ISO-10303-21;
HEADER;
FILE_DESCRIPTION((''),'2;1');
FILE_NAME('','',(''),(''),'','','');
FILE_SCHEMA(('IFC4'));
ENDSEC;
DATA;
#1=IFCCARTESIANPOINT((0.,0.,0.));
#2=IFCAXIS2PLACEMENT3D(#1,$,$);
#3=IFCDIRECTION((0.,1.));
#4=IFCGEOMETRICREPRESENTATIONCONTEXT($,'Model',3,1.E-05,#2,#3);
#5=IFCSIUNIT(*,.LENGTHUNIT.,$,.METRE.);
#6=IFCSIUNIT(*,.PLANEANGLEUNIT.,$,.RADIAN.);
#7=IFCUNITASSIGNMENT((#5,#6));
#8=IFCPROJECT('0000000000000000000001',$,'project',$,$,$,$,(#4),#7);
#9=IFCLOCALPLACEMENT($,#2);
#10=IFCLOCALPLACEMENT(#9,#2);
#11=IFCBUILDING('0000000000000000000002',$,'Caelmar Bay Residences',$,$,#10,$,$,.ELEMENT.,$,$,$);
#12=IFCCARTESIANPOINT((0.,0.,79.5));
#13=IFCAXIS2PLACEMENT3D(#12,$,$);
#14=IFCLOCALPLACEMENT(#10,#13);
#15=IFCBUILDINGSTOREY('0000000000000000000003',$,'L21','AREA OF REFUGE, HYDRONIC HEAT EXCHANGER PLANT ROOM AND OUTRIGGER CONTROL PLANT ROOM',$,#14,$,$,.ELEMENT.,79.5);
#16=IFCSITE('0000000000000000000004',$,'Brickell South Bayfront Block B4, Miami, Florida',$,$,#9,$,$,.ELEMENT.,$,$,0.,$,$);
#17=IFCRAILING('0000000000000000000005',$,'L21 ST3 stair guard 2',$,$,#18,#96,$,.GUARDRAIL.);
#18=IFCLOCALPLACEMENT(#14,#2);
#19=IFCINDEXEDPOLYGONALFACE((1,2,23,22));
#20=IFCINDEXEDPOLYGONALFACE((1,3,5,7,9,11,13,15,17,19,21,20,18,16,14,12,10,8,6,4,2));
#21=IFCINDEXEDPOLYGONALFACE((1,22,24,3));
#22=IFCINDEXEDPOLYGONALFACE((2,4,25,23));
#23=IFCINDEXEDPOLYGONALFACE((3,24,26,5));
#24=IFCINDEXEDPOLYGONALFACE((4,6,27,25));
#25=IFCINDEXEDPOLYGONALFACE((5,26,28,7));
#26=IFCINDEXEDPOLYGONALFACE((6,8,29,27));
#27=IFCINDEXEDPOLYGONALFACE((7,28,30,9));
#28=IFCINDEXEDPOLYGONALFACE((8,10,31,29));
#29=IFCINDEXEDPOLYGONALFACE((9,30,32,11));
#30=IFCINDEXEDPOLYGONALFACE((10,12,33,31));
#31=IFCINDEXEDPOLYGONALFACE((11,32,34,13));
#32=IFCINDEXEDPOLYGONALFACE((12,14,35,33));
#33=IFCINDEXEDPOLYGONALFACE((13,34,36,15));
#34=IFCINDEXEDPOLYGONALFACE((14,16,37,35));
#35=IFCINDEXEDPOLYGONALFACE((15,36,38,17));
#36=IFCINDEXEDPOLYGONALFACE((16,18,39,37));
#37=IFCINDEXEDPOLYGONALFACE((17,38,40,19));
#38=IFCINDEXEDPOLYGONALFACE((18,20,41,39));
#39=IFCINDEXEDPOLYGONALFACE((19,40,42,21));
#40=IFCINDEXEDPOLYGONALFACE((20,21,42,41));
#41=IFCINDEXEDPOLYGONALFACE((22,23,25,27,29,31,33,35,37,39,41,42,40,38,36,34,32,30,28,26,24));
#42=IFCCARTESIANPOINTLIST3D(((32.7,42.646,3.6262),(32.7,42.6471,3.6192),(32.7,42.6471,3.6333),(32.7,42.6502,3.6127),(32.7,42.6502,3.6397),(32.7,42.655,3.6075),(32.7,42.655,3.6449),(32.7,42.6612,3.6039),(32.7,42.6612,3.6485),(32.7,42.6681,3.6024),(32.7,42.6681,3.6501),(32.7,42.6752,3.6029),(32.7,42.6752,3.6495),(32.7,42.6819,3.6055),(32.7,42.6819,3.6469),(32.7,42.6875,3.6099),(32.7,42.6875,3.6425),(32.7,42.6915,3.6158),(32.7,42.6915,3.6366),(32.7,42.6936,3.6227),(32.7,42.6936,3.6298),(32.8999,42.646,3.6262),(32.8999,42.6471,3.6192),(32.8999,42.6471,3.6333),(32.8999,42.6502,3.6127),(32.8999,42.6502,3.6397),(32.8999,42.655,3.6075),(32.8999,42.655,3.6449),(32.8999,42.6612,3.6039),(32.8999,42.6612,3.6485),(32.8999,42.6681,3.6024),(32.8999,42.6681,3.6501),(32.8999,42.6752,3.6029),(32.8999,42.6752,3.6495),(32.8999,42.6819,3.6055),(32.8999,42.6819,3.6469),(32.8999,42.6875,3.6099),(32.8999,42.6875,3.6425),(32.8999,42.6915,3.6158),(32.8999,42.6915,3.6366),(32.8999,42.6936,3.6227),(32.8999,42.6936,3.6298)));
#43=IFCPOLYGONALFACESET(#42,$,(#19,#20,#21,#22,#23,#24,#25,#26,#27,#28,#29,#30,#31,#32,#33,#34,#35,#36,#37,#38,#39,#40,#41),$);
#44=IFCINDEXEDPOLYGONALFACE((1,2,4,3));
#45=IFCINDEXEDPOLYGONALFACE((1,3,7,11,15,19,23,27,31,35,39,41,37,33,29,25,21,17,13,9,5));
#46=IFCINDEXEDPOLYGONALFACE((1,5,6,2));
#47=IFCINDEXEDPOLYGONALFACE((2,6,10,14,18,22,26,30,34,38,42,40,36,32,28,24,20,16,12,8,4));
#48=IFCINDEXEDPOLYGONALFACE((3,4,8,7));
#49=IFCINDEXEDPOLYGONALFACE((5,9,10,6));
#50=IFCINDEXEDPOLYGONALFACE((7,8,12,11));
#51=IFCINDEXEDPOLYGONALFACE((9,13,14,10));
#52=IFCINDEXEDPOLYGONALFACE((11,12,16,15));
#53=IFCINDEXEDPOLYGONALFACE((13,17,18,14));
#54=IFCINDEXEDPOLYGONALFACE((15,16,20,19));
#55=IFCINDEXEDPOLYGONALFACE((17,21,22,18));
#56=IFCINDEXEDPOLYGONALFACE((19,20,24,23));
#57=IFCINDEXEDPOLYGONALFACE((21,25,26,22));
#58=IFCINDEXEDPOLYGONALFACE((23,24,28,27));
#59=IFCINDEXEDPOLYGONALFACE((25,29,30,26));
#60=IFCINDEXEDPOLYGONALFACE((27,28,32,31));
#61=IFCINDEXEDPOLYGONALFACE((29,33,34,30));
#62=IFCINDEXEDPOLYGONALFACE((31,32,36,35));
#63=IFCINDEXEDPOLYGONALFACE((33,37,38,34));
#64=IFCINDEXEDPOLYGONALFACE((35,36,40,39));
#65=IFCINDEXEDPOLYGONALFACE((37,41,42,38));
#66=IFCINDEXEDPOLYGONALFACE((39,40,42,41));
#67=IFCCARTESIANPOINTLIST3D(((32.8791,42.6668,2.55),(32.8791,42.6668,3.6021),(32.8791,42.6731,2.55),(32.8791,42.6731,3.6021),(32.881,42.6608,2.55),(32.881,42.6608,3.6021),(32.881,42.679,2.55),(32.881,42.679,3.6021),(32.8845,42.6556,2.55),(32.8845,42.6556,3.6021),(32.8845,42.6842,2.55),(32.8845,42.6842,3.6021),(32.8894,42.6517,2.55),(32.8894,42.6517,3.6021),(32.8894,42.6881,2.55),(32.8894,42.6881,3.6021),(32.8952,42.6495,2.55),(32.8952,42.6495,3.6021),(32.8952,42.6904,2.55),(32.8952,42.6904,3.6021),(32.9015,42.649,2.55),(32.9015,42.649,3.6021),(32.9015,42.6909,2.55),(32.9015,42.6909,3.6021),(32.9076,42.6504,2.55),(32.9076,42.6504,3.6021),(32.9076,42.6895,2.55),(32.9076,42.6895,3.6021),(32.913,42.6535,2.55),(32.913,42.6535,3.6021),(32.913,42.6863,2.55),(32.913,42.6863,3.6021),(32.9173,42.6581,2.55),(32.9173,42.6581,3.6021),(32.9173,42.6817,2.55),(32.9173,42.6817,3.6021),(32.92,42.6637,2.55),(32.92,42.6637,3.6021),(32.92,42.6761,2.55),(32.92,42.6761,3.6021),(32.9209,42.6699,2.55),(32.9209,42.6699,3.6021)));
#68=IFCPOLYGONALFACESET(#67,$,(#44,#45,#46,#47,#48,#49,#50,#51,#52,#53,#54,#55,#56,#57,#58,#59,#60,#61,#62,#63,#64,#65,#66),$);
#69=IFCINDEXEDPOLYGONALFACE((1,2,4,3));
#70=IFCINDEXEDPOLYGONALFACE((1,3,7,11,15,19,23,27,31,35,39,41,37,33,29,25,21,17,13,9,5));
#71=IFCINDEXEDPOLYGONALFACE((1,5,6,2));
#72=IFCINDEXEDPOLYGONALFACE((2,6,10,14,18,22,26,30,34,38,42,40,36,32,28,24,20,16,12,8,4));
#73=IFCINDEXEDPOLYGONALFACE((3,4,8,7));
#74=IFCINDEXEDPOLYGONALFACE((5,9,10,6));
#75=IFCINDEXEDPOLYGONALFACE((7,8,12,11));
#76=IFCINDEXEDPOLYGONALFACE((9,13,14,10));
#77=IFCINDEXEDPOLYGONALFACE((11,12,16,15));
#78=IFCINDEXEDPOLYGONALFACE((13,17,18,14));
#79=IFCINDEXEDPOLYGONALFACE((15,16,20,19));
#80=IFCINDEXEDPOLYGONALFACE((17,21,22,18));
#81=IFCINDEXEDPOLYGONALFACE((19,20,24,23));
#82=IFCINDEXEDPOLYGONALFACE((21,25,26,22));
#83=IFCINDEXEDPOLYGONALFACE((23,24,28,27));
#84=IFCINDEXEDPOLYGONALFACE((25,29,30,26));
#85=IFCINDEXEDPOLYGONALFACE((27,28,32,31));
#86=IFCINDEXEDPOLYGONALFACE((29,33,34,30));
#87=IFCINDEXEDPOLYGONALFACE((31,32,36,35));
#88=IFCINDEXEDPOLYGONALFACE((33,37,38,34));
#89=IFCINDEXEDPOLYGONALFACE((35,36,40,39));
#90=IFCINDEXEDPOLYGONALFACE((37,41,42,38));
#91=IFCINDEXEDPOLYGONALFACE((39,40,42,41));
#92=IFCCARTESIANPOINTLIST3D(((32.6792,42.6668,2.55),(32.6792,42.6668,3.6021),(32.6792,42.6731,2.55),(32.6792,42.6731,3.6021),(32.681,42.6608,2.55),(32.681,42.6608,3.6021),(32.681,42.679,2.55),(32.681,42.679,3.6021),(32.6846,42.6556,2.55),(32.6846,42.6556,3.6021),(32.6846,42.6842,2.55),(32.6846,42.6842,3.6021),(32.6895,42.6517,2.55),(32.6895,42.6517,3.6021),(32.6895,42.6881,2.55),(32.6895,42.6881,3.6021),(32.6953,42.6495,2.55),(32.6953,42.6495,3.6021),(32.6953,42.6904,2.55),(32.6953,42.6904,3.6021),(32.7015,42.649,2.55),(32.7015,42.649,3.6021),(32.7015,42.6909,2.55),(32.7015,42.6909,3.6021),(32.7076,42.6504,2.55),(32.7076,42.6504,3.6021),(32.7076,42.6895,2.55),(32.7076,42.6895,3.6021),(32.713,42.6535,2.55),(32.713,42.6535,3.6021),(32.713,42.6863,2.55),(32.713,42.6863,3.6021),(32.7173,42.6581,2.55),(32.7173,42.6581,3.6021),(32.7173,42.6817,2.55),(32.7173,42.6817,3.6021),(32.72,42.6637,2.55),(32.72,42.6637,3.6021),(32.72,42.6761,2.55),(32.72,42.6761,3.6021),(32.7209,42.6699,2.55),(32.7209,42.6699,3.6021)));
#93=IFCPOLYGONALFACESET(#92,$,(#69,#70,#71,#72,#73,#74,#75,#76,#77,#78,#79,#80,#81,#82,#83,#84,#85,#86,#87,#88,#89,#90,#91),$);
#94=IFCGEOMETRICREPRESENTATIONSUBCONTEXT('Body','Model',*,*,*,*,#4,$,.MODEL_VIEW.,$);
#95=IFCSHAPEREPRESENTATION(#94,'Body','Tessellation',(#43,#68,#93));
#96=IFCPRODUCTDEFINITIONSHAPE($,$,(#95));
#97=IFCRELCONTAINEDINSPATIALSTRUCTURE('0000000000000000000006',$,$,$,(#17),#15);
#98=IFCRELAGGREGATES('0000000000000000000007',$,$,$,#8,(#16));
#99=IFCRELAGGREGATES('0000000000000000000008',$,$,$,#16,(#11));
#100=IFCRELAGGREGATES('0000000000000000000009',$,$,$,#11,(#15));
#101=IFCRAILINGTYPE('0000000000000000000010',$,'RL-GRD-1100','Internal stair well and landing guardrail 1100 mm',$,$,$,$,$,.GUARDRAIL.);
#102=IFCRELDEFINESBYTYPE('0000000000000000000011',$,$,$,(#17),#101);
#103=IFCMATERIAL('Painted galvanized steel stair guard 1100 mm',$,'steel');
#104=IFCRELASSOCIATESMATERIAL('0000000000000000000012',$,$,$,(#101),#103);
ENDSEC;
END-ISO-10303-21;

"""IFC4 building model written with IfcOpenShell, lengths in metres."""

from ifc_helpers import new_model, si_unit, direction, frame, origin, origin_2d, place, context, subcontext, project, spatial, circle, extrude, material, type_object, element, save


model = new_model("IFC4")

# Units and contexts
model_context = context("Model", 3, precision=1e-05, world=origin(), true_north=direction((0.0, 1.0)))
body_context = subcontext(model_context, "Body", "Model", "MODEL_VIEW")
ifc_project = project(units=[si_unit("LENGTHUNIT", "METRE"), si_unit("PLANEANGLEUNIT", "RADIAN")], contexts=[model_context])

# Site, building, storey
site_placement = place(None, origin())
site = spatial("IfcSite", under=ifc_project, at=site_placement, Name="Brickell South Bayfront Block B4, Miami, Florida", CompositionType="ELEMENT", RefElevation=0.0)
building_placement = place(site_placement, origin())
building = spatial("IfcBuilding", under=site, at=building_placement, Name="Caelmar Bay Residences", CompositionType="ELEMENT")
storey_placement = place(building_placement, frame((0.0, 0.0, 79.5)))
storey = spatial("IfcBuildingStorey", under=building, at=storey_placement, Name="L21", Description="AREA OF REFUGE, HYDRONIC HEAT EXCHANGER PLANT ROOM AND OUTRIGGER CONTROL PLANT ROOM", CompositionType="ELEMENT", Elevation=79.5)

# Railing
ifc_material_1 = material(Name="Painted galvanized steel stair guard 1100 mm", Category="steel")
railing_type_1 = type_object("IfcRailingType", Name="RL-GRD-1100", Description="Internal stair well and landing guardrail 1100 mm", PredefinedType="GUARDRAIL", material=ifc_material_1)
railing_1_placement = place(storey_placement, frame((32.8999, 42.6699, 2.55)))
element("IfcRailing", 1, at=railing_1_placement, inside=storey, type_object=railing_type_1, Name="L21 ST3 stair guard 2", PredefinedType="GUARDRAIL", context=body_context, shape_type="SweptSolid", body=[
    extrude(circle(Radius=0.0239, at=origin_2d()), frame((0.0, 0.0, 1.0762), z_axis=(-1.0, 0.0, 0.0), x_axis=(0.0, -1.0, 0.0)), (0.0, 0.0, 1.0), 0.2),
    extrude(circle(Radius=0.021, at=origin_2d()), origin(), (0.0, 0.0, 1.0), 1.052),
    extrude(circle(Radius=0.021, at=origin_2d()), frame((-0.2, 0.0, 0.0)), (0.0, 0.0, 1.0), 1.052),
])

save(model, "model.ifc")
